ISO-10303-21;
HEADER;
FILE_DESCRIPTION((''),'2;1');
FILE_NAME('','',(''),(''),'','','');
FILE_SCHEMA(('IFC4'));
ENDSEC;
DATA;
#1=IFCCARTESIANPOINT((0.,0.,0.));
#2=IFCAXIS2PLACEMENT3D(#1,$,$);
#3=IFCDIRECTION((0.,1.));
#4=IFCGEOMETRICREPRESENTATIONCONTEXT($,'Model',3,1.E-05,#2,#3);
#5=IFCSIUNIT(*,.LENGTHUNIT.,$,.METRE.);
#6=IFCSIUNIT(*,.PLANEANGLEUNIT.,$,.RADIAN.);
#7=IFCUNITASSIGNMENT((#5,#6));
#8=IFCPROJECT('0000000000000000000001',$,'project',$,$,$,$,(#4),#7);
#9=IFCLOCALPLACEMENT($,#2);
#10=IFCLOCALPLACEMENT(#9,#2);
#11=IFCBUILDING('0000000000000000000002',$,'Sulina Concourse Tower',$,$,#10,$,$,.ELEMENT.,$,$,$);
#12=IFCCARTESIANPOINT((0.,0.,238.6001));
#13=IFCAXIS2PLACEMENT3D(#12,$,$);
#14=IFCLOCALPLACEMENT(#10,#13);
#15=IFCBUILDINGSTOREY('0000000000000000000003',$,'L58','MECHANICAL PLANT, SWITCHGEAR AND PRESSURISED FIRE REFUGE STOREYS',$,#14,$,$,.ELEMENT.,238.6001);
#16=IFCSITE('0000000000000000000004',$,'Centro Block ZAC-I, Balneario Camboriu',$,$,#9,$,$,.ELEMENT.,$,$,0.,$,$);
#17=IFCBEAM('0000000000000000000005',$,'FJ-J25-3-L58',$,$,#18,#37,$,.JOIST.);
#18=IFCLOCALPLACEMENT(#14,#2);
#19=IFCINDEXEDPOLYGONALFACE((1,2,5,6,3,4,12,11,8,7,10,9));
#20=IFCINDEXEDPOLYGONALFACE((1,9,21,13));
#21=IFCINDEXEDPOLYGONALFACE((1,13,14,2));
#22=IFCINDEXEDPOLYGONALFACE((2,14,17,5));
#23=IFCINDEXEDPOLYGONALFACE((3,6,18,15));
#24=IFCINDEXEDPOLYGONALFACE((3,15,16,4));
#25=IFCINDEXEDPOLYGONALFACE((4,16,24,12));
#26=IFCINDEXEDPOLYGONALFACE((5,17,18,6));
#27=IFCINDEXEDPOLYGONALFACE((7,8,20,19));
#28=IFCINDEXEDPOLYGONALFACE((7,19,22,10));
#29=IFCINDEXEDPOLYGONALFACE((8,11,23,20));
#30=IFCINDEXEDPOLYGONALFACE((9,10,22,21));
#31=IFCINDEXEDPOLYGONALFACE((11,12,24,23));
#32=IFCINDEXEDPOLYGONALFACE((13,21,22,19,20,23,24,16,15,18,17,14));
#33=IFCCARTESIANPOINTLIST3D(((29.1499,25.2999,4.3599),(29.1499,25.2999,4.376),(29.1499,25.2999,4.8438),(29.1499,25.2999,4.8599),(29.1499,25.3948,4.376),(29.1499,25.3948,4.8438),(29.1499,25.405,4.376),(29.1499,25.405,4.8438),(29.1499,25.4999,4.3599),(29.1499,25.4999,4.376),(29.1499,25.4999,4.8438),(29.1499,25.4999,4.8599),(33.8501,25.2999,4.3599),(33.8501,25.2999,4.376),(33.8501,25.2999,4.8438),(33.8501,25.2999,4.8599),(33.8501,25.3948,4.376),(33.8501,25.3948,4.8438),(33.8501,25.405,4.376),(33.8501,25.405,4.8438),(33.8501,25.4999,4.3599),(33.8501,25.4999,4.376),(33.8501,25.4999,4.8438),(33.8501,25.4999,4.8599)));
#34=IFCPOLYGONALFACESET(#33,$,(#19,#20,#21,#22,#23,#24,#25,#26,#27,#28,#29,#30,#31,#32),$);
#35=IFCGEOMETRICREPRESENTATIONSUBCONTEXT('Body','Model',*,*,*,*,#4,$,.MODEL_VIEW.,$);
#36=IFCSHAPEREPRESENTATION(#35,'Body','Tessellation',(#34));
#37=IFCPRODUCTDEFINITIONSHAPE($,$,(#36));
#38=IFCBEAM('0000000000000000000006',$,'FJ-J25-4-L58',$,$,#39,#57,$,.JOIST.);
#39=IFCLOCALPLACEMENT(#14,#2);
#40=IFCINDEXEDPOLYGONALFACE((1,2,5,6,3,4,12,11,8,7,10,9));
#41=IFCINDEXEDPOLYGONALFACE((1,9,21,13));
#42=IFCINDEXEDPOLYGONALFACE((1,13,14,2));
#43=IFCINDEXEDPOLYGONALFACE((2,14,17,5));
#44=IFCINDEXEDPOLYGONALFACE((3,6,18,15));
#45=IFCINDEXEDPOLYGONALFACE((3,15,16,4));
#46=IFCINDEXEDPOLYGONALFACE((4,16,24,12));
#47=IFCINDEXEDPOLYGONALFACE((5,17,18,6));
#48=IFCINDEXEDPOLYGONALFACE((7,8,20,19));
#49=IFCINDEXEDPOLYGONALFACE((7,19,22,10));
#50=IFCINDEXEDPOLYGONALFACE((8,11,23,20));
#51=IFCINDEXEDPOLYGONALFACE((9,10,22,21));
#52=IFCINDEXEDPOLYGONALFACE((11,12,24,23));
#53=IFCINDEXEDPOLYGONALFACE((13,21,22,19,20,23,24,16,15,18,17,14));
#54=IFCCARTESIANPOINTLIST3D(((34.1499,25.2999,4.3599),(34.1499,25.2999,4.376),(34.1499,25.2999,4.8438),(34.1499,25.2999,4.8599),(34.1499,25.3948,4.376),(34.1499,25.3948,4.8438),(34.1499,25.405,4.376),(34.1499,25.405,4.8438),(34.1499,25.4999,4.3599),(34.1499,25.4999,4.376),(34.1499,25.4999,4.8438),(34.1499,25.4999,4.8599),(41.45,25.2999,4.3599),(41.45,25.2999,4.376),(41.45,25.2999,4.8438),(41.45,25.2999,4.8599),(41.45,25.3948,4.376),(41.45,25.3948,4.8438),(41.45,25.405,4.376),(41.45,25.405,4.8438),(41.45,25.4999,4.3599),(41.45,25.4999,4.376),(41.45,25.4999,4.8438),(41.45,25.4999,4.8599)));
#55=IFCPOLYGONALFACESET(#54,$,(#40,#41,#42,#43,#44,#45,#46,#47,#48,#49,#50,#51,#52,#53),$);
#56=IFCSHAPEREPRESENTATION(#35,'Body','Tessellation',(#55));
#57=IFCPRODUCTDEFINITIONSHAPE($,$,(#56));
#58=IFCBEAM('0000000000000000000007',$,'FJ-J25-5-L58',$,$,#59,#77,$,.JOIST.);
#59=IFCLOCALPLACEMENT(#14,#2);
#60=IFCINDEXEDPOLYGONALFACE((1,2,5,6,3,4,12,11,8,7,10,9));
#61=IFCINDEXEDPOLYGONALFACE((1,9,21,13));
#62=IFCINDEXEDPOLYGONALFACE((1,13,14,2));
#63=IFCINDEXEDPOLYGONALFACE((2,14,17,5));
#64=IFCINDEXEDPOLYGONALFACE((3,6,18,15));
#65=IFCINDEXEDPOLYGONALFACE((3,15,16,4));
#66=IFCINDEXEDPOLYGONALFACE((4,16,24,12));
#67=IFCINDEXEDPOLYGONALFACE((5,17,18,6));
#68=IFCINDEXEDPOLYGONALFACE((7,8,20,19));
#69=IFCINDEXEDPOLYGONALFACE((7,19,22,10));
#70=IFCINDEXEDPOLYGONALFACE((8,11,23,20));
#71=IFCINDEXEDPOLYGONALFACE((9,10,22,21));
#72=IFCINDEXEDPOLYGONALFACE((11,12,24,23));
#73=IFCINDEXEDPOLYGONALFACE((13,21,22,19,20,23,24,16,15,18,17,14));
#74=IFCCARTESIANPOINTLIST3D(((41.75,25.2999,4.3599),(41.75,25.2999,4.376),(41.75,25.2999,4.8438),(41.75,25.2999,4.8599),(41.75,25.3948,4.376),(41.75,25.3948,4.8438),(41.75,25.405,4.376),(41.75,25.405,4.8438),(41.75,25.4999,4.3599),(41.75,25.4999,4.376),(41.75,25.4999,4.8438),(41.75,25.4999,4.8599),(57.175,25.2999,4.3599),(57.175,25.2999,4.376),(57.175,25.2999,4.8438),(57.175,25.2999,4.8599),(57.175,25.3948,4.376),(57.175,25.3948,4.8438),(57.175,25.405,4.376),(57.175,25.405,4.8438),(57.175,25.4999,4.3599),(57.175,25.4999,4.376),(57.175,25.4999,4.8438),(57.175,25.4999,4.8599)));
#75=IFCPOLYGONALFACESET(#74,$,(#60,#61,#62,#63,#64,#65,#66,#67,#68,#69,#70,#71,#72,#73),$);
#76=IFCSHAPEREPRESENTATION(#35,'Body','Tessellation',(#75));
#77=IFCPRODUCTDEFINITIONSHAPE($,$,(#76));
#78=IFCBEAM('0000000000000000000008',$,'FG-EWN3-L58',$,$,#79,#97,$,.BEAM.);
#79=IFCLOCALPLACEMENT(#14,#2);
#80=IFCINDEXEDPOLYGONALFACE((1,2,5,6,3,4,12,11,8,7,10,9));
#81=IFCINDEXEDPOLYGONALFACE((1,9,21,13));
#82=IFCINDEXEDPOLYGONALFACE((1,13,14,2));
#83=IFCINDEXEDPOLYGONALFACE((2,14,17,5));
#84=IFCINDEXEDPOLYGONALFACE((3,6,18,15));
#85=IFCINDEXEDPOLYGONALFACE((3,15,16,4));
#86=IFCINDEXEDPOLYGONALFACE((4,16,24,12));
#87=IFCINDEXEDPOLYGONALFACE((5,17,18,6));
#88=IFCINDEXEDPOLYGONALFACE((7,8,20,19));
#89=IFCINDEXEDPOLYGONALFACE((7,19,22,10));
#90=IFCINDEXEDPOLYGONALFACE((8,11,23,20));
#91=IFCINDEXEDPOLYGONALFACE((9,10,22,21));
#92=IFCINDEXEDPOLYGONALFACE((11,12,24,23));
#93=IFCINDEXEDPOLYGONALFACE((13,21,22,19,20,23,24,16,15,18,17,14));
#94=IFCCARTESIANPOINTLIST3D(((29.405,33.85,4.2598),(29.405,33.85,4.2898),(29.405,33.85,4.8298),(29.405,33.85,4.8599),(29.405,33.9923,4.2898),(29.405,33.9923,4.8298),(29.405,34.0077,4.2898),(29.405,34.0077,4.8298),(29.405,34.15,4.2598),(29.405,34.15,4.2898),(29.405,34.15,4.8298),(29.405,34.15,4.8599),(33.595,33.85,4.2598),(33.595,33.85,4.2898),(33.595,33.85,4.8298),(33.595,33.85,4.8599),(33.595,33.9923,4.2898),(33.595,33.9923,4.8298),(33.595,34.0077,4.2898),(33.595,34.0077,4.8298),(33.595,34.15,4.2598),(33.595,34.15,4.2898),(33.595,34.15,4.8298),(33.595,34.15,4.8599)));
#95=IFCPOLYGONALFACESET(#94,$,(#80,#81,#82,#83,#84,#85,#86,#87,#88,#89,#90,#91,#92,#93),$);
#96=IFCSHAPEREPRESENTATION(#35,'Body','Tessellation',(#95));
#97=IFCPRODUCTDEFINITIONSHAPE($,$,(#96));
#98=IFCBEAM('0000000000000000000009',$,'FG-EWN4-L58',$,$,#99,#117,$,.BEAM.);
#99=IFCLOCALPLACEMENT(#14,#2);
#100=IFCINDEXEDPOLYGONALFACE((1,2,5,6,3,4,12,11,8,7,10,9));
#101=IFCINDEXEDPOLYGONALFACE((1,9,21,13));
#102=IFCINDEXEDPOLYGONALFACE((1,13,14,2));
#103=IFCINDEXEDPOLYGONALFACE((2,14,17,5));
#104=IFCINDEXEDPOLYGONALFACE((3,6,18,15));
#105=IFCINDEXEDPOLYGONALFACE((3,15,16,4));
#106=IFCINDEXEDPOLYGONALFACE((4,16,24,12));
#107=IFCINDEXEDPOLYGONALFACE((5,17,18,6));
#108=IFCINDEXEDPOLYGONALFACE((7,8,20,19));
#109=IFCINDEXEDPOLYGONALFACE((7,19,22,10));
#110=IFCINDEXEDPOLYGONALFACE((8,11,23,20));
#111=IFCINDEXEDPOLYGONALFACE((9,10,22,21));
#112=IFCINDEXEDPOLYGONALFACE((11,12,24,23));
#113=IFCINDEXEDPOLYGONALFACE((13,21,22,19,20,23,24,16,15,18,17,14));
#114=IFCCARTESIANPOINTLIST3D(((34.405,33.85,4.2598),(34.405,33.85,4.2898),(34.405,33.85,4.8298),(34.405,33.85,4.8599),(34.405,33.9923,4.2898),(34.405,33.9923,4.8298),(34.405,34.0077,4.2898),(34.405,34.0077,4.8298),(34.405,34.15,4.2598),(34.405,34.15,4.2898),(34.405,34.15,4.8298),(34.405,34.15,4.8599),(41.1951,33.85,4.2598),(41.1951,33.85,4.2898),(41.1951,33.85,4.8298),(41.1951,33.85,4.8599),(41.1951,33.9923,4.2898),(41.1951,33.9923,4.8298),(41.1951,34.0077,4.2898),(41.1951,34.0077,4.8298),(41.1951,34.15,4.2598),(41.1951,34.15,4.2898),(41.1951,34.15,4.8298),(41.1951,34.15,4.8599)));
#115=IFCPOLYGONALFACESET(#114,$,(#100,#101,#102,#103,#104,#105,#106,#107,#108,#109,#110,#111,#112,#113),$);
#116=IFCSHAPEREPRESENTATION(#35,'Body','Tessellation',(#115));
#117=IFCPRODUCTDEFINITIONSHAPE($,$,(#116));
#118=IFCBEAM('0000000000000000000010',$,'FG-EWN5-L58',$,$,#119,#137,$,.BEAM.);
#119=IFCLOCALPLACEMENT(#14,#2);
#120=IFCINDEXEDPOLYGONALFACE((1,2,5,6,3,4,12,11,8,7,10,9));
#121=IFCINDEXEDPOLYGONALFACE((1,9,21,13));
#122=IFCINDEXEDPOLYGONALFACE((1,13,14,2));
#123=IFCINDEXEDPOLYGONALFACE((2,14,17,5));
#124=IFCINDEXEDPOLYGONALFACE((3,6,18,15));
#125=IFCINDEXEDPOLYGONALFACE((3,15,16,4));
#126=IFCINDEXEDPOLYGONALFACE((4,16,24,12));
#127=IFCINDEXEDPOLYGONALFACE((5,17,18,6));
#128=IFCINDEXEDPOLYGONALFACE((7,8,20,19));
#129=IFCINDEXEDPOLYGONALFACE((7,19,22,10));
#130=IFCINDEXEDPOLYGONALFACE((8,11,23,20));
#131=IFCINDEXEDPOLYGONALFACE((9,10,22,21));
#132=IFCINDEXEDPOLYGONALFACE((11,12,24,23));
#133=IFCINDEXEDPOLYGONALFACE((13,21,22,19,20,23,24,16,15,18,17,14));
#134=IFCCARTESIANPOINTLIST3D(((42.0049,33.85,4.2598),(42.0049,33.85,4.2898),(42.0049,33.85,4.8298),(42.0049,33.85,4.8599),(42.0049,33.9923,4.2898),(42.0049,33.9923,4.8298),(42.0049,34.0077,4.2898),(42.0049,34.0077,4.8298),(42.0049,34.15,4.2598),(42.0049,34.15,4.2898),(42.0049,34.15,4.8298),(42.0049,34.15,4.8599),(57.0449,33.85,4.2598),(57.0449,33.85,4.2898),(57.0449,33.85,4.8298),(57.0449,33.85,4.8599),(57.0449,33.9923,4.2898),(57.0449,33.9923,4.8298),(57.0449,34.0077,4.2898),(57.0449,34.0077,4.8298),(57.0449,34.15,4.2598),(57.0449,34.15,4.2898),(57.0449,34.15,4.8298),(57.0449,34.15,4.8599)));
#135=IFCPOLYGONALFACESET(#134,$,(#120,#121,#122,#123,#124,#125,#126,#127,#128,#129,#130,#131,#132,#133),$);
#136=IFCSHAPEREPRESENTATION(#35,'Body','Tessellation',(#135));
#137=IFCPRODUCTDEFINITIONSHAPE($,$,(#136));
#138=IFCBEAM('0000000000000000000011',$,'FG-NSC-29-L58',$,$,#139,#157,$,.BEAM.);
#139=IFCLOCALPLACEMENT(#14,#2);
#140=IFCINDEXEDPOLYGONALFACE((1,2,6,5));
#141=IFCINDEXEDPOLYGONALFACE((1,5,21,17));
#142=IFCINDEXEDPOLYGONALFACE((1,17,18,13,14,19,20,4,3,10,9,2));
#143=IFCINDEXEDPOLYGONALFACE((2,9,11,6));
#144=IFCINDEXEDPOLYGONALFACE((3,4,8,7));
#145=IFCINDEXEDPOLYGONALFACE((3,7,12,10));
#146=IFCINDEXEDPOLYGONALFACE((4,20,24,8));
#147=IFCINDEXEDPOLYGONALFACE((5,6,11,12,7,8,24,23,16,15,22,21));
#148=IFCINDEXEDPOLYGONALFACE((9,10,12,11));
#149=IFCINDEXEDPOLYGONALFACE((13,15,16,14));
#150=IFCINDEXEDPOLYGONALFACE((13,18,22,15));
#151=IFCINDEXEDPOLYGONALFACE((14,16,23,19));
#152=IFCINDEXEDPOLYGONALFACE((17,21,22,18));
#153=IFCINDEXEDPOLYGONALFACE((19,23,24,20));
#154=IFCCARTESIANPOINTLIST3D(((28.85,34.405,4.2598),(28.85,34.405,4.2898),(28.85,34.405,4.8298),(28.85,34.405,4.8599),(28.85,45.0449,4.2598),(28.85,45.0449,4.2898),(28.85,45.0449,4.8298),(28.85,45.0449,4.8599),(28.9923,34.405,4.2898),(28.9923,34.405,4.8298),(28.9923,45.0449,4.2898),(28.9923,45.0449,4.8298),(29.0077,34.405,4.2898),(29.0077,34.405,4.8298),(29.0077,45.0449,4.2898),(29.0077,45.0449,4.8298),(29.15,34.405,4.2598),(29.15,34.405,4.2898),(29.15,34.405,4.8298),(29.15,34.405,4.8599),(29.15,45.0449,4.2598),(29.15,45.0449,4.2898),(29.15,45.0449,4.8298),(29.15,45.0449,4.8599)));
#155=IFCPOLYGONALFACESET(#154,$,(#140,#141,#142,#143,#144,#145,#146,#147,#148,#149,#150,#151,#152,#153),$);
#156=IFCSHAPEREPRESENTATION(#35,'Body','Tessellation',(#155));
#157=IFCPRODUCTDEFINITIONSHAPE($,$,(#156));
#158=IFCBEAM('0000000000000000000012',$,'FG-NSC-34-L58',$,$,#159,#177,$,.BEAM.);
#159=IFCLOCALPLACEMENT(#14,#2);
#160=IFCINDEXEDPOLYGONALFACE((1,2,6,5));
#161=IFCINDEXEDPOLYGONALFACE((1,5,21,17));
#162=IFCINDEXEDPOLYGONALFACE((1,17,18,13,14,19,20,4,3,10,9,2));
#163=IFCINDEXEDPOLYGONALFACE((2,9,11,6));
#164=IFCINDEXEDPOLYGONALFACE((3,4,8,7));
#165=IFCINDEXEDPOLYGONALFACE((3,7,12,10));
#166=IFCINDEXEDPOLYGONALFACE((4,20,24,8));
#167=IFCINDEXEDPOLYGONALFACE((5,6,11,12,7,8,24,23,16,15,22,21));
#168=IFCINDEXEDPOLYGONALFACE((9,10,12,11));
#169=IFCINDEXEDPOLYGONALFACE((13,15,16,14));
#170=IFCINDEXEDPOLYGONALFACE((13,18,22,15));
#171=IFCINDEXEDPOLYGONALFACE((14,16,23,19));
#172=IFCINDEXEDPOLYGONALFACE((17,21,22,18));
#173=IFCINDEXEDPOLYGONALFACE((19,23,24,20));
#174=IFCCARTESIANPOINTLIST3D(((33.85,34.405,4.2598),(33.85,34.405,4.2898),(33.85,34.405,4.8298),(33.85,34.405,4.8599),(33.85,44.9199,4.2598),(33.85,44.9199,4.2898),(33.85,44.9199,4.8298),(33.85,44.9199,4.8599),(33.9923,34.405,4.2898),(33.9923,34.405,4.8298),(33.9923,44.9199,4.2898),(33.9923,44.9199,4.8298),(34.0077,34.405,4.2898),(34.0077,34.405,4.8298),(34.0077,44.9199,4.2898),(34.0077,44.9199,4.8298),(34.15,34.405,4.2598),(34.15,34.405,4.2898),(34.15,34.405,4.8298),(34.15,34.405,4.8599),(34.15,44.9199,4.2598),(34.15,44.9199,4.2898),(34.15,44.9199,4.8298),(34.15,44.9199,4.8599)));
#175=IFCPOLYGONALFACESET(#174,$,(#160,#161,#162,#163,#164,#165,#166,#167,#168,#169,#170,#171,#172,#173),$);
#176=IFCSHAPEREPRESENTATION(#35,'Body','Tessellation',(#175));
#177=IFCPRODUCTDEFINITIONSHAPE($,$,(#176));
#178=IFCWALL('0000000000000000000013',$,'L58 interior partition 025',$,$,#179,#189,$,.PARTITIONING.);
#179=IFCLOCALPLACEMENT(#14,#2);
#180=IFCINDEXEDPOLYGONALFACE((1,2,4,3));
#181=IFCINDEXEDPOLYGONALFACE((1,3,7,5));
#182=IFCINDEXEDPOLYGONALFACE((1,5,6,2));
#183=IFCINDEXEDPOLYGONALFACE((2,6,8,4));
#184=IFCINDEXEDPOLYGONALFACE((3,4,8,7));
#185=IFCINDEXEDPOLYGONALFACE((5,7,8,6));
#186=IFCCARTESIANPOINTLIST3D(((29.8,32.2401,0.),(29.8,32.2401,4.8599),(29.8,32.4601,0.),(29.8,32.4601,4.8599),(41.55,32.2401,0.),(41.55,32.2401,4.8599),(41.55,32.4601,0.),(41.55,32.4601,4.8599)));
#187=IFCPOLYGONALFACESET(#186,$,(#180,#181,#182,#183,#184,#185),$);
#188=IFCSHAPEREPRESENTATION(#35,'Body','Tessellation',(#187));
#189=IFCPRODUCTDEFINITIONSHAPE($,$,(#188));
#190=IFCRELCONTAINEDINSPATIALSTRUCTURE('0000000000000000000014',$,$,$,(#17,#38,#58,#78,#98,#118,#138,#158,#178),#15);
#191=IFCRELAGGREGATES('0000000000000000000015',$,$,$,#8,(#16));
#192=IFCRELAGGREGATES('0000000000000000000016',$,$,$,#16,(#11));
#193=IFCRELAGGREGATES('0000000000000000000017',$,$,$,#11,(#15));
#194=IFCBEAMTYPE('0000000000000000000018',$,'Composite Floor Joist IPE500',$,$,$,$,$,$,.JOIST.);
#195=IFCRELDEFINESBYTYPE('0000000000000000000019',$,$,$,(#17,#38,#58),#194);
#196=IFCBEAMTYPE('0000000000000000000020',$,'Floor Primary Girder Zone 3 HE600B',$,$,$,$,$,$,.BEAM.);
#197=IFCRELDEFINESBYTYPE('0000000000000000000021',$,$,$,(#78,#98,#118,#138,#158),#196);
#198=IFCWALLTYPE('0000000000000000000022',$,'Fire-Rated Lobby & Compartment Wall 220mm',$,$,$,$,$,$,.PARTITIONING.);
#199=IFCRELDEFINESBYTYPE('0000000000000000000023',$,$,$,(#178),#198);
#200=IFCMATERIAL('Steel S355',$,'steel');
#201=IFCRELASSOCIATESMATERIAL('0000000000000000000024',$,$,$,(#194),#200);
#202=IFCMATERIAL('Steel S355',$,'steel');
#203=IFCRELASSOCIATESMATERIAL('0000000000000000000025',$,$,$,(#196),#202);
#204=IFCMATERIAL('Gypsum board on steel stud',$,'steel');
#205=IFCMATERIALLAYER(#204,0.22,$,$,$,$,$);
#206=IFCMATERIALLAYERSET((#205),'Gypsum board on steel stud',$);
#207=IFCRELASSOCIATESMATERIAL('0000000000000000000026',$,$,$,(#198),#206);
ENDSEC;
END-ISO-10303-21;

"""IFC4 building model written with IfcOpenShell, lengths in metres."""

from ifc_helpers import new_model, si_unit, direction, frame, frame_2d, origin, origin_2d, place, context, subcontext, project, spatial, rectangle, i_section, extrude, material, layer, layer_set, material_profile, profile_set, type_object, element, save


model = new_model("IFC4")

# Units and contexts
model_context = context("Model", 3, precision=1e-05, world=origin(), true_north=direction((0.0, 1.0)))
body_context = subcontext(model_context, "Body", "Model", "MODEL_VIEW")
ifc_project = project(units=[si_unit("LENGTHUNIT", "METRE"), si_unit("PLANEANGLEUNIT", "RADIAN")], contexts=[model_context])

# Site, building, storey
site_placement = place(None, origin())
site = spatial("IfcSite", under=ifc_project, at=site_placement, Name="Centro Block ZAC-I, Balneario Camboriu", CompositionType="ELEMENT", RefElevation=0.0)
building_placement = place(site_placement, origin())
building = spatial("IfcBuilding", under=site, at=building_placement, Name="Sulina Concourse Tower", CompositionType="ELEMENT")
storey_placement = place(building_placement, frame((0.0, 0.0, 238.6001)))
storey = spatial("IfcBuildingStorey", under=building, at=storey_placement, Name="L58", Description="MECHANICAL PLANT, SWITCHGEAR AND PRESSURISED FIRE REFUGE STOREYS", CompositionType="ELEMENT", Elevation=238.6001)

# Beams
ifc_material_1 = material(Name="Steel S355", Category="steel")
ifc_material_profile_1 = material_profile(ifc_material_1, i_section(OverallWidth=0.2, OverallDepth=0.5, WebThickness=0.0103, FlangeThickness=0.0161, at=origin_2d()), Name="IPE 500")
ifc_profile_set_1 = profile_set([ifc_material_profile_1], Name="Steel S355")
beam_type_1 = type_object("IfcBeamType", Name="Composite Floor Joist IPE500", PredefinedType="JOIST", material=ifc_profile_set_1)
beam_1_placement = place(storey_placement, frame((29.1499, 25.3999, 4.6099), z_axis=(1.0, 0.0, 0.0), x_axis=(0.0, 1.0, 0.0)))
element("IfcBeam", 1, at=beam_1_placement, inside=storey, type_object=beam_type_1, Name="FJ-J25-3-L58", PredefinedType="JOIST", context=body_context, shape_type="SweptSolid", body=[
    extrude(i_section(OverallWidth=0.2, OverallDepth=0.5, WebThickness=0.0103, FlangeThickness=0.0161, at=origin_2d()), origin(), (0.0, 0.0, 1.0), 4.7002),
])
beam_2_placement = place(storey_placement, frame((34.1499, 25.3999, 4.6099), z_axis=(1.0, 0.0, 0.0), x_axis=(0.0, 1.0, 0.0)))
element("IfcBeam", 2, at=beam_2_placement, inside=storey, type_object=beam_type_1, Name="FJ-J25-4-L58", PredefinedType="JOIST", context=body_context, shape_type="SweptSolid", body=[
    extrude(i_section(OverallWidth=0.2, OverallDepth=0.5, WebThickness=0.0103, FlangeThickness=0.0161, at=origin_2d()), origin(), (0.0, 0.0, 1.0), 7.3),
])
beam_3_placement = place(storey_placement, frame((41.75, 25.3999, 4.6099), z_axis=(1.0, 0.0, 0.0), x_axis=(0.0, 1.0, 0.0)))
element("IfcBeam", 3, at=beam_3_placement, inside=storey, type_object=beam_type_1, Name="FJ-J25-5-L58", PredefinedType="JOIST", context=body_context, shape_type="SweptSolid", body=[
    extrude(i_section(OverallWidth=0.2, OverallDepth=0.5, WebThickness=0.0103, FlangeThickness=0.0161, at=origin_2d()), origin(), (0.0, 0.0, 1.0), 15.425),
])
ifc_material_2 = material(Name="Steel S355", Category="steel")
ifc_material_profile_2 = material_profile(ifc_material_2, i_section(OverallWidth=0.3, OverallDepth=0.6001, WebThickness=0.0154, FlangeThickness=0.03, at=origin_2d()), Name="HE 600 B")
ifc_profile_set_2 = profile_set([ifc_material_profile_2], Name="Steel S355")
beam_type_2 = type_object("IfcBeamType", Name="Floor Primary Girder Zone 3 HE600B", PredefinedType="BEAM", material=ifc_profile_set_2)
beam_4_placement = place(storey_placement, frame((29.405, 34.0, 4.5598), z_axis=(1.0, 0.0, 0.0), x_axis=(0.0, 1.0, 0.0)))
element("IfcBeam", 4, at=beam_4_placement, inside=storey, type_object=beam_type_2, Name="FG-EWN3-L58", PredefinedType="BEAM", context=body_context, shape_type="SweptSolid", body=[
    extrude(i_section(OverallWidth=0.3, OverallDepth=0.6001, WebThickness=0.0154, FlangeThickness=0.03, at=origin_2d()), origin(), (0.0, 0.0, 1.0), 4.1899),
])
beam_5_placement = place(storey_placement, frame((34.405, 34.0, 4.5598), z_axis=(1.0, 0.0, 0.0), x_axis=(0.0, 1.0, 0.0)))
element("IfcBeam", 5, at=beam_5_placement, inside=storey, type_object=beam_type_2, Name="FG-EWN4-L58", PredefinedType="BEAM", context=body_context, shape_type="SweptSolid", body=[
    extrude(i_section(OverallWidth=0.3, OverallDepth=0.6001, WebThickness=0.0154, FlangeThickness=0.03, at=origin_2d()), origin(), (0.0, 0.0, 1.0), 6.79),
])
beam_6_placement = place(storey_placement, frame((42.0049, 34.0, 4.5598), z_axis=(1.0, 0.0, 0.0), x_axis=(0.0, 1.0, 0.0)))
element("IfcBeam", 6, at=beam_6_placement, inside=storey, type_object=beam_type_2, Name="FG-EWN5-L58", PredefinedType="BEAM", context=body_context, shape_type="SweptSolid", body=[
    extrude(i_section(OverallWidth=0.3, OverallDepth=0.6001, WebThickness=0.0154, FlangeThickness=0.03, at=origin_2d()), origin(), (0.0, 0.0, 1.0), 15.04),
])
beam_7_placement = place(storey_placement, frame((29.0, 34.405, 4.5598), z_axis=(0.0, 1.0, 0.0), x_axis=(-1.0, 0.0, 0.0)))
element("IfcBeam", 7, at=beam_7_placement, inside=storey, type_object=beam_type_2, Name="FG-NSC-29-L58", PredefinedType="BEAM", context=body_context, shape_type="SweptSolid", body=[
    extrude(i_section(OverallWidth=0.3, OverallDepth=0.6001, WebThickness=0.0154, FlangeThickness=0.03, at=origin_2d()), origin(), (0.0, 0.0, 1.0), 10.6399),
])
beam_8_placement = place(storey_placement, frame((34.0, 34.405, 4.5598), z_axis=(0.0, 1.0, 0.0), x_axis=(-1.0, 0.0, 0.0)))
element("IfcBeam", 8, at=beam_8_placement, inside=storey, type_object=beam_type_2, Name="FG-NSC-34-L58", PredefinedType="BEAM", context=body_context, shape_type="SweptSolid", body=[
    extrude(i_section(OverallWidth=0.3, OverallDepth=0.6001, WebThickness=0.0154, FlangeThickness=0.03, at=origin_2d()), origin(), (0.0, 0.0, 1.0), 10.5149),
])

# Wall
ifc_material_3 = material(Name="Gypsum board on steel stud", Category="steel")
ifc_layer_1 = layer(ifc_material_3, 0.22)
ifc_layer_set_1 = layer_set([ifc_layer_1], Name="Gypsum board on steel stud")
wall_type_1 = type_object("IfcWallType", Name="Fire-Rated Lobby & Compartment Wall 220mm", PredefinedType="PARTITIONING", material=ifc_layer_set_1)
wall_1_placement = place(storey_placement, frame((29.8, 32.3501, 0.0), z_axis=(0.0, 0.0, 1.0), x_axis=(1.0, 0.0, 0.0)))
element("IfcWall", 9, at=wall_1_placement, inside=storey, type_object=wall_type_1, Name="L58 interior partition 025", PredefinedType="PARTITIONING", context=body_context, shape_type="SweptSolid", body=[
    extrude(rectangle(XDim=11.75, YDim=0.22, at=frame_2d((5.875, 0.0))), origin(), (0.0, 0.0, 1.0), 4.8599),
])

save(model, "model.ifc")
